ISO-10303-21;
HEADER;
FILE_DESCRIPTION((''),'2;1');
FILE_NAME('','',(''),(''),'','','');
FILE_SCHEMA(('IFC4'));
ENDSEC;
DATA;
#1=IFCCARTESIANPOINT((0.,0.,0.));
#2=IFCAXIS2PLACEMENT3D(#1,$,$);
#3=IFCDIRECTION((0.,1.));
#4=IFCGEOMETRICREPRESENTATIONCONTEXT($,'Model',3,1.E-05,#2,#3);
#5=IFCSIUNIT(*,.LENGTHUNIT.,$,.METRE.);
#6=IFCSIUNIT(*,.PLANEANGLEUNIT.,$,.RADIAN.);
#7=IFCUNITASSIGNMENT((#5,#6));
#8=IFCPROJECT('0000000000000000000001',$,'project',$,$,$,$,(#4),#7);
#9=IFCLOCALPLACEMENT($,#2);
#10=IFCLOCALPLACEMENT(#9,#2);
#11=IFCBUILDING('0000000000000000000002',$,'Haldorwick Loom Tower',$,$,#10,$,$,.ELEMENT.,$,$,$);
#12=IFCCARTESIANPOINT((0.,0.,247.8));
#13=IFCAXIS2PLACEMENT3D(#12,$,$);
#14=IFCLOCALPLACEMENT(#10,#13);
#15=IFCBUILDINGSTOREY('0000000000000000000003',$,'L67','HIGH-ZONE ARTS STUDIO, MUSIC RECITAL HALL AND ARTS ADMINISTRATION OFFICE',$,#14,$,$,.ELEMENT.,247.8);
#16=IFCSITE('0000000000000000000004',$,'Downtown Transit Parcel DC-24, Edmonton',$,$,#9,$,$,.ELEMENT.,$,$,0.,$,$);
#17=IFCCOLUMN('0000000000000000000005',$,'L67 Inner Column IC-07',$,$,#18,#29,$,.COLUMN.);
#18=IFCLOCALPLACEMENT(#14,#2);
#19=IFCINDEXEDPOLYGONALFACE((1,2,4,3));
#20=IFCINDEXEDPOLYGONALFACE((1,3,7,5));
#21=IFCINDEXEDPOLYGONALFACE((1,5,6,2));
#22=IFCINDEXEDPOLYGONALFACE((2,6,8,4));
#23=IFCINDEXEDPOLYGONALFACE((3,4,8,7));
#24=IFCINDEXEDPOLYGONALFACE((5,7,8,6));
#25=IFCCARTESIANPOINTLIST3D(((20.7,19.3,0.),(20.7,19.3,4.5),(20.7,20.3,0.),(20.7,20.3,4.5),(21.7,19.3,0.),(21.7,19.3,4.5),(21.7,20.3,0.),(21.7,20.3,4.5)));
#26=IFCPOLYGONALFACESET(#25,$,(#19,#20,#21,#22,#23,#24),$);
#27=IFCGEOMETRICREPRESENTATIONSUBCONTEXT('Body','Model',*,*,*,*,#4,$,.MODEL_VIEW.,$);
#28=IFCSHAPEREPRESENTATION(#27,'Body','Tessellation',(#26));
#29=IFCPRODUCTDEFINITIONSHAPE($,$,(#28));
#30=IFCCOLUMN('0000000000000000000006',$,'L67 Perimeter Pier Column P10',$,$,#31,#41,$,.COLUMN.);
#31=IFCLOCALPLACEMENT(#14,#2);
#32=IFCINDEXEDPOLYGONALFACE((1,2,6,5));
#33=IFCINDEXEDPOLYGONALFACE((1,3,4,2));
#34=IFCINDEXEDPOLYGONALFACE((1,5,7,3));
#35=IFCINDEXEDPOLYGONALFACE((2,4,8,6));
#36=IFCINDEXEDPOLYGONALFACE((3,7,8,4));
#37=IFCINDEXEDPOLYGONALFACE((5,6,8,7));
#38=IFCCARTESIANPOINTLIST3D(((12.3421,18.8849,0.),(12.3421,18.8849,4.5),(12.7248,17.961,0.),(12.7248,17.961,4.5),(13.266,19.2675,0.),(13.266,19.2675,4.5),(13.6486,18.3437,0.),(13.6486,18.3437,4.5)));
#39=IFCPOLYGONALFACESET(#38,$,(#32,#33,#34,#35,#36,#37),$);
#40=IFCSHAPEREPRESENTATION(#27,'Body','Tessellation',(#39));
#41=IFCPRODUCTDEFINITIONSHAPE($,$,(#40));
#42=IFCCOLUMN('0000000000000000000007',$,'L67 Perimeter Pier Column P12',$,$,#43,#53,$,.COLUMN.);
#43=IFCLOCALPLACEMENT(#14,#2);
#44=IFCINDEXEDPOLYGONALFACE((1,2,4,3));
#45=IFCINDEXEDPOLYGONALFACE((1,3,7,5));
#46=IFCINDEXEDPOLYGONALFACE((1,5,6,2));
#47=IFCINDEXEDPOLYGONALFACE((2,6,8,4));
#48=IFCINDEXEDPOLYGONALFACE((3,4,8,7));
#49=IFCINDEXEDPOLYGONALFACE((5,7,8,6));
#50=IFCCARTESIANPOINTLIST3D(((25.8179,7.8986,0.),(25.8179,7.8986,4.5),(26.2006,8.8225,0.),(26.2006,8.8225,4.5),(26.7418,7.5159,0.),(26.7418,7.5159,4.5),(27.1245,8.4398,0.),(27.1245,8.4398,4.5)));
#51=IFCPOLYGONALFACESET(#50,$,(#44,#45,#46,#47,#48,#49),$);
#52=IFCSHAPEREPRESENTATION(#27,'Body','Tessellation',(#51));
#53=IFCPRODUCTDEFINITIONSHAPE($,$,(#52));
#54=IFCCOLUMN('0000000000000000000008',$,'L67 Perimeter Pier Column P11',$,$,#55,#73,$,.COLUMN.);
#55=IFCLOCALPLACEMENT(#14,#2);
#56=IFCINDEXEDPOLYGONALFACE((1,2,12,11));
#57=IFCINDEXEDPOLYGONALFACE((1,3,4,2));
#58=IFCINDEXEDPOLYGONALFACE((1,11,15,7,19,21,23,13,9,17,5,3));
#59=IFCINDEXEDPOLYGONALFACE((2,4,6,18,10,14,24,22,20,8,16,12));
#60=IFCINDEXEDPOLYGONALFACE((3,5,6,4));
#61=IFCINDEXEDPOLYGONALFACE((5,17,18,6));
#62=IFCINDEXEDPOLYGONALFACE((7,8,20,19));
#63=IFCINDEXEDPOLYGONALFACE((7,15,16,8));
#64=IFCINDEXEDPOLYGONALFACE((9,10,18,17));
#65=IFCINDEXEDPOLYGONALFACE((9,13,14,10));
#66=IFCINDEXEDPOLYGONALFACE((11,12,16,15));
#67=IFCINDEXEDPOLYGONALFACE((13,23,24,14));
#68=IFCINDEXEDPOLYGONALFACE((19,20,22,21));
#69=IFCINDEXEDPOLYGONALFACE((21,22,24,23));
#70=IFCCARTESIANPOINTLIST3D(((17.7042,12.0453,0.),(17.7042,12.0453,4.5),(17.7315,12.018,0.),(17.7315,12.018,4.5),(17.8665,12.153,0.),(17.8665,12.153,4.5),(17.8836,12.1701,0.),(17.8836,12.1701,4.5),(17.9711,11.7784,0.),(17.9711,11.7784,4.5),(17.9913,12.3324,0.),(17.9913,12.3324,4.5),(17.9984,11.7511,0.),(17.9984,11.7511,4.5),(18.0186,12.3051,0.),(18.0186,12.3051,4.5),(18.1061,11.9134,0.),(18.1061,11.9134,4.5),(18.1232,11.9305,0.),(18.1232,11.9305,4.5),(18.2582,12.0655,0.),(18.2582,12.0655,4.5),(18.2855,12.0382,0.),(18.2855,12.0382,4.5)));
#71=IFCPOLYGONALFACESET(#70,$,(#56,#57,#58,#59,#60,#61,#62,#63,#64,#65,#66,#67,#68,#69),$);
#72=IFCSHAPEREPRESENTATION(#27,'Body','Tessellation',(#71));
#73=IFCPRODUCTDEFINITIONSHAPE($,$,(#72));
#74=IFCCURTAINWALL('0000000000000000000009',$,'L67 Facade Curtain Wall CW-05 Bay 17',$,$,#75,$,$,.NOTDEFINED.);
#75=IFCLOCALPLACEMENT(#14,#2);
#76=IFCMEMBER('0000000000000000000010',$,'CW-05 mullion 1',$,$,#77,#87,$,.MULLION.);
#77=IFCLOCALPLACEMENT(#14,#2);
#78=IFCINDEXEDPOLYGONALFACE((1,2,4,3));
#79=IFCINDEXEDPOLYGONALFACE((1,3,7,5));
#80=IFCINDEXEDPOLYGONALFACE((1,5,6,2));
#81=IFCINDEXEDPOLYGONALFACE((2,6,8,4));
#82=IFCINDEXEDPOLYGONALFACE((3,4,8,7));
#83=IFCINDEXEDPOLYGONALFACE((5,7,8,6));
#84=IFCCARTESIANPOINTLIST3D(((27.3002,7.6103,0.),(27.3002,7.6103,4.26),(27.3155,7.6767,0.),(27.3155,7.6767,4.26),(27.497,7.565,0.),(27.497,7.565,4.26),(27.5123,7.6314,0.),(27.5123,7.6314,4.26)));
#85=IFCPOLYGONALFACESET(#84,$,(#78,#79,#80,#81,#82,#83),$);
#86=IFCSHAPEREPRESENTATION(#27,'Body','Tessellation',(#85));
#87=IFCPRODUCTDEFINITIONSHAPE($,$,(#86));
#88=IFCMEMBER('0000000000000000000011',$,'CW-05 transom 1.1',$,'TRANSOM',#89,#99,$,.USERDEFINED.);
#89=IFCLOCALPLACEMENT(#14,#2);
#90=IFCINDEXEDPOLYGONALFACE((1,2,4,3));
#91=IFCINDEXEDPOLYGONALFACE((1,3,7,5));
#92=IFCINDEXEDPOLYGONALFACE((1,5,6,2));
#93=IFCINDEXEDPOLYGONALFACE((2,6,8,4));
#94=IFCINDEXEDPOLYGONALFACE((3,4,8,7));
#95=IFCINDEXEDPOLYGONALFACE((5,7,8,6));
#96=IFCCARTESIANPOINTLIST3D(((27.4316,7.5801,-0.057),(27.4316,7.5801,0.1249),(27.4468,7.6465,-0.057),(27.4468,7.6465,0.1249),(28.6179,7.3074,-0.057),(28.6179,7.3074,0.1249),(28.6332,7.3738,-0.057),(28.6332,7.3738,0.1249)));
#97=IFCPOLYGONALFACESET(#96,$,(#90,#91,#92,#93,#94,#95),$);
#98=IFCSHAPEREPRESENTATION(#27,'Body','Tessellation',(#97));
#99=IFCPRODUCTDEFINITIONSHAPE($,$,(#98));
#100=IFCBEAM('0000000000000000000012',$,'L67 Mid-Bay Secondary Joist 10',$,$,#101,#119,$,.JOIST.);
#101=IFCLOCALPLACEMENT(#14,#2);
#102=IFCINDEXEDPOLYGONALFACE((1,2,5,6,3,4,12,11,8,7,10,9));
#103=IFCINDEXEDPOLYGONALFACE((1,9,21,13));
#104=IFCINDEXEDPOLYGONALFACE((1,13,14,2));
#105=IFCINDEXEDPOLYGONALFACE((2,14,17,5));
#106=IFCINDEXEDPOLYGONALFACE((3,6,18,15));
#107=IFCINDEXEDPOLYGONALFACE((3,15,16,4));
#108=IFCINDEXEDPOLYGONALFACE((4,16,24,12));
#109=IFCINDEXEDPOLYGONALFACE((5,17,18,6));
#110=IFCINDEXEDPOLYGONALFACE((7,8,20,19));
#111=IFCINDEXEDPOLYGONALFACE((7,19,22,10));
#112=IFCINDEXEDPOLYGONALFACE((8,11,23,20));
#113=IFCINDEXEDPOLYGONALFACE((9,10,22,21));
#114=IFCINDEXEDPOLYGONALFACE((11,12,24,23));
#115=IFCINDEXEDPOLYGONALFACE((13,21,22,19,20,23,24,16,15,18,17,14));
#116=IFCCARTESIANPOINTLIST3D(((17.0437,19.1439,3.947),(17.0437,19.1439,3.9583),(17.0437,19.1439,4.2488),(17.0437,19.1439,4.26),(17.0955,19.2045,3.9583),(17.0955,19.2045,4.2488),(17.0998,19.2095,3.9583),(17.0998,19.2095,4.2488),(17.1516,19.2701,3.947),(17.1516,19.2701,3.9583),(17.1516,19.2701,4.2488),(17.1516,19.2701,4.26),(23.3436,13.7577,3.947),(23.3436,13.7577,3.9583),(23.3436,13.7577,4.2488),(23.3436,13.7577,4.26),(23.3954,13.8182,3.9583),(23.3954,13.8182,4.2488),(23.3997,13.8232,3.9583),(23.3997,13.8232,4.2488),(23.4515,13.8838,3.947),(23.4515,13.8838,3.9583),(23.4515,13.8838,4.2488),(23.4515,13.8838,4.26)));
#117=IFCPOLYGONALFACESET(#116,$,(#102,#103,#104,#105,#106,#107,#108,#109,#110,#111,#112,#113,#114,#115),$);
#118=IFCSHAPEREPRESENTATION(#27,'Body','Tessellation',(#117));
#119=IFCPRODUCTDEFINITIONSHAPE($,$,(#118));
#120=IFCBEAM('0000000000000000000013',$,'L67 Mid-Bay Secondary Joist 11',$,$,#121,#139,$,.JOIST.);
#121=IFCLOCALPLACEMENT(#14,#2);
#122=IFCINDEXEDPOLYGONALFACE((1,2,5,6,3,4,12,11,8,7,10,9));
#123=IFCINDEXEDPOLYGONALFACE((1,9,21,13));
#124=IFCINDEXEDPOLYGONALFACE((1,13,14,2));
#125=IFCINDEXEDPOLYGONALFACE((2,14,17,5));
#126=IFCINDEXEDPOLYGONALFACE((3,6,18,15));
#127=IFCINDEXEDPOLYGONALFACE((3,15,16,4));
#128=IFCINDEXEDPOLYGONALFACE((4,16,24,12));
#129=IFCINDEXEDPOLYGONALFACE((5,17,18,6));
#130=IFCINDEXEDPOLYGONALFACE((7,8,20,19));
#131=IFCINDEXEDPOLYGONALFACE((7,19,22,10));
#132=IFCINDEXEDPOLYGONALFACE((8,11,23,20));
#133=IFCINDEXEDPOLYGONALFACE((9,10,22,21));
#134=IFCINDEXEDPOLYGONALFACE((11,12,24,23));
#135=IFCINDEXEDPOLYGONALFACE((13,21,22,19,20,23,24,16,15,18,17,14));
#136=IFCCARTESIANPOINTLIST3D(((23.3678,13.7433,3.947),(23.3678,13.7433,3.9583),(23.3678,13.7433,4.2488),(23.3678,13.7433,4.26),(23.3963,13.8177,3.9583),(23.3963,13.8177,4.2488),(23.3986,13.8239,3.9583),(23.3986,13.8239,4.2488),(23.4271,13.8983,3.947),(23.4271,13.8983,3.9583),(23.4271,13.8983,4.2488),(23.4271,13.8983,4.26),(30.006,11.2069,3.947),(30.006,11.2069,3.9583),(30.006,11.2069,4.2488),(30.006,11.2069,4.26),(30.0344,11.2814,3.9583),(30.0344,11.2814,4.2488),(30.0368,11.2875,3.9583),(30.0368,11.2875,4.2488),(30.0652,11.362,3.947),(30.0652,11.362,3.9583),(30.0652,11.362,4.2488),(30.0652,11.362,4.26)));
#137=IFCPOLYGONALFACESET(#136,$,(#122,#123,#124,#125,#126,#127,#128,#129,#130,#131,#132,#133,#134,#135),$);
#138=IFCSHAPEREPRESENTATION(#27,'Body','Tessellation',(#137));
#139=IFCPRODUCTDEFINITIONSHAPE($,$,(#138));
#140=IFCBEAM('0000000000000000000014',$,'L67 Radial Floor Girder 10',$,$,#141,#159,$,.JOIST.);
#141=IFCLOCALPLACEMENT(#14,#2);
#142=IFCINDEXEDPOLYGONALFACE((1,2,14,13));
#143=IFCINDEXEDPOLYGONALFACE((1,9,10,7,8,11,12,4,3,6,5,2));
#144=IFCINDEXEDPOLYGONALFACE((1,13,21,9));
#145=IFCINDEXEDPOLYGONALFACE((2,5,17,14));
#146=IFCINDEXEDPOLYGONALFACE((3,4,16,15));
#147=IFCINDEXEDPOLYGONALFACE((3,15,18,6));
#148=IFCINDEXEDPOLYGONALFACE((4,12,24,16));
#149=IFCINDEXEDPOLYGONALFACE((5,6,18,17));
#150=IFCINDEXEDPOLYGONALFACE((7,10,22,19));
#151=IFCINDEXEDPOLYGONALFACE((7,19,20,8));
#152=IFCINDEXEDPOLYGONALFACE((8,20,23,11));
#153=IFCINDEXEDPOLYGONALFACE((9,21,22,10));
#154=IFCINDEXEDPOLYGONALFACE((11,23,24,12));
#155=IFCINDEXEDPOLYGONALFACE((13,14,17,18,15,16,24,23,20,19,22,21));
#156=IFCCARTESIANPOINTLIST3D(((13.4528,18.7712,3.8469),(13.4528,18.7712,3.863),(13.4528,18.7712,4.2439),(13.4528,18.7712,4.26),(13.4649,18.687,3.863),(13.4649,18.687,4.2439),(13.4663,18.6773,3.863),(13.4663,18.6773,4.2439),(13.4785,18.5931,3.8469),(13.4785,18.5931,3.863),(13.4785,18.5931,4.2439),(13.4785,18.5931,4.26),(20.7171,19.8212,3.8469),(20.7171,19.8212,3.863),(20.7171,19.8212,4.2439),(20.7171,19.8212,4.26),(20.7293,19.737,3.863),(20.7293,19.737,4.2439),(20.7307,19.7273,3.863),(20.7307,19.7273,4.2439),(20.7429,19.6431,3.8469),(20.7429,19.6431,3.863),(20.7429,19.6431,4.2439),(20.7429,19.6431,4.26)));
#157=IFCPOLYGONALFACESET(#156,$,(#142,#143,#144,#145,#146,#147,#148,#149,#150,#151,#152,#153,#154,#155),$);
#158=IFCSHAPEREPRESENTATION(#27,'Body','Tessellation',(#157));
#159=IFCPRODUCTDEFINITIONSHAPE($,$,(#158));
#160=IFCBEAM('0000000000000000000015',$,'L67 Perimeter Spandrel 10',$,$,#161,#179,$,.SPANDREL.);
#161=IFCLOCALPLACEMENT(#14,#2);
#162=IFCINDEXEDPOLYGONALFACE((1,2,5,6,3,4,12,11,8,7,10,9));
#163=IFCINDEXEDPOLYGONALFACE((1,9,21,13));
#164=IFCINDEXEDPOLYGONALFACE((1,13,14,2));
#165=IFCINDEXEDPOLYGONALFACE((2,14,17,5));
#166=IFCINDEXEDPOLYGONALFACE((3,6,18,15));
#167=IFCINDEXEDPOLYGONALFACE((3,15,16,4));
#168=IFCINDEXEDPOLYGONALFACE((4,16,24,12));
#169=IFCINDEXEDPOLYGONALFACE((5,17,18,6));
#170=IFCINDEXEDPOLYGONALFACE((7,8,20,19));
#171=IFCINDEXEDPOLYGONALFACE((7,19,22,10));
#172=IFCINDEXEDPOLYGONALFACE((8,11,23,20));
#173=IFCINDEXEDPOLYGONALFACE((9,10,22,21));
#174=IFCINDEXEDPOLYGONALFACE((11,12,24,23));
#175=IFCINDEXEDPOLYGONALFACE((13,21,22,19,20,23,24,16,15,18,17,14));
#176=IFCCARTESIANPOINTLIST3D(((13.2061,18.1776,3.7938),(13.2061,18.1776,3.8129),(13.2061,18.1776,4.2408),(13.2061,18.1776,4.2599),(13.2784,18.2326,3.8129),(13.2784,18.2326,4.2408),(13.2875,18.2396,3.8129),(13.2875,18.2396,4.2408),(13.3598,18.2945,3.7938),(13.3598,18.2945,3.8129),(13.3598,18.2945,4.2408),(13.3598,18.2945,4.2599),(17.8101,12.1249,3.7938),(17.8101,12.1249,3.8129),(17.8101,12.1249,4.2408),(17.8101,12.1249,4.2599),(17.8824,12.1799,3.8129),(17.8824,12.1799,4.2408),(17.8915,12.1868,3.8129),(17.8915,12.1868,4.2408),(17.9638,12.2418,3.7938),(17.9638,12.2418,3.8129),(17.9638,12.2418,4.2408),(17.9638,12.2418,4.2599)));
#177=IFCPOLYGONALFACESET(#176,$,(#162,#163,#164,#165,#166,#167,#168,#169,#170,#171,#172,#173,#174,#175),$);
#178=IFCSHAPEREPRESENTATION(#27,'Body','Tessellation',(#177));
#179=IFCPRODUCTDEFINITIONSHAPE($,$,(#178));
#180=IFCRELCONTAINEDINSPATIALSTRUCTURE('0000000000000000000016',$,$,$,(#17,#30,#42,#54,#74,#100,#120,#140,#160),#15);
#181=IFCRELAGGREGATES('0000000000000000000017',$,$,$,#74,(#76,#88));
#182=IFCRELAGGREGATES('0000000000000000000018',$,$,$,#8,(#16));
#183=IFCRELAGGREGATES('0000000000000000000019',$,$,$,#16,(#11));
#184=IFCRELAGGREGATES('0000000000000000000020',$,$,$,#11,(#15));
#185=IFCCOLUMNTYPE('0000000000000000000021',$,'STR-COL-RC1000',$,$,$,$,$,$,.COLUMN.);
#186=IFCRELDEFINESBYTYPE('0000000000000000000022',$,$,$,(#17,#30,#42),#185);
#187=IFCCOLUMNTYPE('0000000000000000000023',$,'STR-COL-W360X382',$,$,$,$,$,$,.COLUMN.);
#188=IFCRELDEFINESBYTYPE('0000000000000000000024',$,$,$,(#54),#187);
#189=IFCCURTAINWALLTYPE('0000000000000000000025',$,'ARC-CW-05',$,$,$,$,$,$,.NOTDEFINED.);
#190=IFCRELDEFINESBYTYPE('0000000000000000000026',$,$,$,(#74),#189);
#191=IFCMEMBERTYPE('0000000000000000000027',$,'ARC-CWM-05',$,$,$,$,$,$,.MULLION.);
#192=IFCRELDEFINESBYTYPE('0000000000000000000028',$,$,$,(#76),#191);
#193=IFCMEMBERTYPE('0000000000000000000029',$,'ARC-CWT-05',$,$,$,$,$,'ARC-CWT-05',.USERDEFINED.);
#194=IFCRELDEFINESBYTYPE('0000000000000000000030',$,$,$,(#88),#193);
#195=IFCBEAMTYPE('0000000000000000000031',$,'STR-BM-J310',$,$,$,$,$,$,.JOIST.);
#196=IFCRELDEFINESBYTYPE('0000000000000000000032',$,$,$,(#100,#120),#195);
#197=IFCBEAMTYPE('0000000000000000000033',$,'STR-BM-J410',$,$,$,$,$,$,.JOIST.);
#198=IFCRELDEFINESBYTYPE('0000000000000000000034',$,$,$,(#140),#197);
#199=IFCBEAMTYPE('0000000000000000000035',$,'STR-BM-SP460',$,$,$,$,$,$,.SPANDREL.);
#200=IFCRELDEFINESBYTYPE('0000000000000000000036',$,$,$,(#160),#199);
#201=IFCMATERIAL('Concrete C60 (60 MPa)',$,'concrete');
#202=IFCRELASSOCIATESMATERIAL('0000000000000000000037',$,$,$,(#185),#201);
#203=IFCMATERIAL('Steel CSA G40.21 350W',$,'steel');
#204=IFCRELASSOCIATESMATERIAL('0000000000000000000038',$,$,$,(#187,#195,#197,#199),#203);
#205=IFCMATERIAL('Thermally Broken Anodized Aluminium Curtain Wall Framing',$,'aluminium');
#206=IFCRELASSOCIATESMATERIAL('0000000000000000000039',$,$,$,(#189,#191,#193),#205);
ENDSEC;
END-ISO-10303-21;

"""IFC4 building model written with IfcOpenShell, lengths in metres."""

from ifc_helpers import new_model, si_unit, direction, frame, origin, origin_2d, place, context, subcontext, project, spatial, rectangle, i_section, extrude, material, material_profile, profile_set, type_object, element, aggregate, save


model = new_model("IFC4")

# Units and contexts
model_context = context("Model", 3, precision=1e-05, world=origin(), true_north=direction((0.0, 1.0)))
body_context = subcontext(model_context, "Body", "Model", "MODEL_VIEW")
ifc_project = project(units=[si_unit("LENGTHUNIT", "METRE"), si_unit("PLANEANGLEUNIT", "RADIAN")], contexts=[model_context])

# Site, building, storey
site_placement = place(None, origin())
site = spatial("IfcSite", under=ifc_project, at=site_placement, Name="Downtown Transit Parcel DC-24, Edmonton", CompositionType="ELEMENT", RefElevation=0.0)
building_placement = place(site_placement, origin())
building = spatial("IfcBuilding", under=site, at=building_placement, Name="Haldorwick Loom Tower", CompositionType="ELEMENT")
storey_placement = place(building_placement, frame((0.0, 0.0, 247.8)))
storey = spatial("IfcBuildingStorey", under=building, at=storey_placement, Name="L67", Description="HIGH-ZONE ARTS STUDIO, MUSIC RECITAL HALL AND ARTS ADMINISTRATION OFFICE", CompositionType="ELEMENT", Elevation=247.8)

# Columns
ifc_material_1 = material(Name="Concrete C60 (60 MPa)", Category="concrete")
ifc_material_profile_1 = material_profile(ifc_material_1, rectangle(XDim=1.0, YDim=1.0, at=origin_2d()), Name="RC1000X1000", Category="concrete")
ifc_profile_set_1 = profile_set([ifc_material_profile_1], Name="Concrete C60 (60 MPa)")
column_type_1 = type_object("IfcColumnType", Name="STR-COL-RC1000", PredefinedType="COLUMN", material=ifc_profile_set_1)
for number, where, z_axis, x_axis, name in (
    (1, (21.2, 19.8, 0.0), (0.0, 0.0, 1.0), (1.0, 0.0, 0.0), "L67 Inner Column IC-07"),
    (2, (12.9954, 18.6143, 0.0), (0.0, 0.0, 1.0), (-0.92388, -0.382683, 0.0), "L67 Perimeter Pier Column P10"),
    (3, (26.4712, 8.1692, 0.0), (0.0, 0.0, 1.0), (-0.382683, -0.92388, 0.0), "L67 Perimeter Pier Column P12"),
):
    element("IfcColumn", number, at=place(storey_placement, frame(where, z_axis=z_axis, x_axis=x_axis)), inside=storey, type_object=column_type_1, Name=name, PredefinedType="COLUMN", context=body_context, shape_type="SweptSolid", body=[
        extrude(rectangle(XDim=1.0, YDim=1.0, at=origin_2d()), origin(), (0.0, 0.0, 1.0), 4.5),
    ])
ifc_material_2 = material(Name="Steel CSA G40.21 350W", Category="steel")
ifc_material_profile_2 = material_profile(ifc_material_2, i_section(OverallWidth=0.406, OverallDepth=0.416, WebThickness=0.0242, FlangeThickness=0.0386, at=origin_2d()), Name="W360X382", Category="steel")
ifc_profile_set_2 = profile_set([ifc_material_profile_2], Name="Steel CSA G40.21 350W")
column_type_2 = type_object("IfcColumnType", Name="STR-COL-W360X382", PredefinedType="COLUMN", material=ifc_profile_set_2)
column_placement = place(storey_placement, frame((17.9949, 12.0417, 0.0), z_axis=(0.0, 0.0, 1.0), x_axis=(-0.707107, -0.707107, 0.0)))
element("IfcColumn", 4, at=column_placement, inside=storey, type_object=column_type_2, Name="L67 Perimeter Pier Column P11", PredefinedType="COLUMN", context=body_context, shape_type="SweptSolid", body=[
    extrude(i_section(OverallWidth=0.406, OverallDepth=0.416, WebThickness=0.0242, FlangeThickness=0.0386, at=origin_2d()), origin(), (0.0, 0.0, 1.0), 4.5),
])

# Curtain wall, members
ifc_material_3 = material(Name="Thermally Broken Anodized Aluminium Curtain Wall Framing", Category="aluminium")
curtain_wall_type = type_object("IfcCurtainWallType", Name="ARC-CW-05", PredefinedType="NOTDEFINED", material=ifc_material_3)
curtain_wall_placement = place(storey_placement, origin())
curtain_wall = element("IfcCurtainWall", 5, at=curtain_wall_placement, inside=storey, type_object=curtain_wall_type, Name="L67 Facade Curtain Wall CW-05 Bay 17", PredefinedType="NOTDEFINED")
ifc_material_profile_3 = material_profile(ifc_material_3, rectangle(XDim=0.0681, YDim=0.2019, at=origin_2d()), Name="ALU_MUL_68X202", Category="aluminium")
ifc_profile_set_3 = profile_set([ifc_material_profile_3], Name="Thermally Broken Anodized Aluminium Curtain Wall Framing")
member_type_1 = type_object("IfcMemberType", Name="ARC-CWM-05", PredefinedType="MULLION", material=ifc_profile_set_3)
member_1_placement = place(storey_placement, frame((27.4062, 7.6208, 0.0), z_axis=(0.0, 0.0, 1.0), x_axis=(0.223949, 0.974601, 0.0)))
member_1 = element("IfcMember", 6, at=member_1_placement, type_object=member_type_1, Name="CW-05 mullion 1", PredefinedType="MULLION", context=body_context, shape_type="SweptSolid", body=[
    extrude(rectangle(XDim=0.0681, YDim=0.2019, at=origin_2d()), origin(), (0.0, 0.0, 1.0), 4.26),
])
ifc_material_profile_4 = material_profile(ifc_material_3, rectangle(XDim=0.0681, YDim=0.1819, at=origin_2d()), Name="ALU_TRN_68X182", Category="aluminium")
ifc_profile_set_4 = profile_set([ifc_material_profile_4], Name="Thermally Broken Anodized Aluminium Curtain Wall Framing")
member_type_2 = type_object("IfcMemberType", Name="ARC-CWT-05", ElementType="ARC-CWT-05", PredefinedType="USERDEFINED", material=ifc_profile_set_4)
member_2_placement = place(storey_placement, frame((27.4392, 7.6133, 0.0339), z_axis=(0.97458, -0.224039, 0.0), x_axis=(0.224039, 0.97458, 0.0)))
member_2 = element("IfcMember", 7, at=member_2_placement, type_object=member_type_2, Name="CW-05 transom 1.1", ObjectType="TRANSOM", PredefinedType="USERDEFINED", context=body_context, shape_type="SweptSolid", body=[
    extrude(rectangle(XDim=0.0681, YDim=0.1819, at=origin_2d()), origin(), (0.0, 0.0, 1.0), 1.2173),
])
aggregate(curtain_wall, [member_1, member_2])

# Beams
ifc_material_profile_5 = material_profile(ifc_material_2, i_section(OverallWidth=0.166, OverallDepth=0.313, WebThickness=0.0066, FlangeThickness=0.0112, at=origin_2d()), Name="W310X45", Category="steel")
ifc_profile_set_5 = profile_set([ifc_material_profile_5], Name="Steel CSA G40.21 350W")
beam_type_1 = type_object("IfcBeamType", Name="STR-BM-J310", PredefinedType="JOIST", material=ifc_profile_set_5)
beam_1_placement = place(storey_placement, frame((17.0977, 19.207, 4.1035), z_axis=(0.760067, -0.649845, 0.0), x_axis=(0.649845, 0.760067, 0.0)))
element("IfcBeam", 8, at=beam_1_placement, inside=storey, type_object=beam_type_1, Name="L67 Mid-Bay Secondary Joist 10", PredefinedType="JOIST", context=body_context, shape_type="SweptSolid", body=[
    extrude(i_section(OverallWidth=0.166, OverallDepth=0.313, WebThickness=0.0066, FlangeThickness=0.0112, at=origin_2d()), origin(), (0.0, 0.0, 1.0), 8.2886),
])
beam_2_placement = place(storey_placement, frame((23.3975, 13.8208, 4.1035), z_axis=(0.934134, -0.356922, 0.0), x_axis=(0.356922, 0.934134, 0.0)))
element("IfcBeam", 9, at=beam_2_placement, inside=storey, type_object=beam_type_1, Name="L67 Mid-Bay Secondary Joist 11", PredefinedType="JOIST", context=body_context, shape_type="SweptSolid", body=[
    extrude(i_section(OverallWidth=0.166, OverallDepth=0.313, WebThickness=0.0066, FlangeThickness=0.0112, at=origin_2d()), origin(), (0.0, 0.0, 1.0), 7.1062),
])
ifc_material_profile_6 = material_profile(ifc_material_2, i_section(OverallWidth=0.1799, OverallDepth=0.4131, WebThickness=0.0098, FlangeThickness=0.0161, at=origin_2d()), Name="W410X74", Category="steel")
ifc_profile_set_6 = profile_set([ifc_material_profile_6], Name="Steel CSA G40.21 350W")
beam_type_2 = type_object("IfcBeamType", Name="STR-BM-J410", PredefinedType="JOIST", material=ifc_profile_set_6)
beam_3_placement = place(storey_placement, frame((20.73, 19.7322, 4.0535), z_axis=(-0.989714, -0.14306, 0.0), x_axis=(0.14306, -0.989714, 0.0)))
element("IfcBeam", 10, at=beam_3_placement, inside=storey, type_object=beam_type_2, Name="L67 Radial Floor Girder 10", PredefinedType="JOIST", context=body_context, shape_type="SweptSolid", body=[
    extrude(i_section(OverallWidth=0.1799, OverallDepth=0.4131, WebThickness=0.0098, FlangeThickness=0.0161, at=origin_2d()), origin(), (0.0, 0.0, 1.0), 7.3398),
])
ifc_material_profile_7 = material_profile(ifc_material_2, i_section(OverallWidth=0.1931, OverallDepth=0.4661, WebThickness=0.0115, FlangeThickness=0.019, at=origin_2d()), Name="W460X97", Category="steel")
ifc_profile_set_7 = profile_set([ifc_material_profile_7], Name="Steel CSA G40.21 350W")
beam_type_3 = type_object("IfcBeamType", Name="STR-BM-SP460", PredefinedType="SPANDREL", material=ifc_profile_set_7)
beam_4_placement = place(storey_placement, frame((13.283, 18.2361, 4.0269), z_axis=(0.60541, -0.795913, 0.0), x_axis=(0.795913, 0.60541, 0.0)))
element("IfcBeam", 11, at=beam_4_placement, inside=storey, type_object=beam_type_3, Name="L67 Perimeter Spandrel 10", PredefinedType="SPANDREL", context=body_context, shape_type="SweptSolid", body=[
    extrude(i_section(OverallWidth=0.1931, OverallDepth=0.4661, WebThickness=0.0115, FlangeThickness=0.019, at=origin_2d()), origin(), (0.0, 0.0, 1.0), 7.6047),
])

save(model, "model.ifc")
